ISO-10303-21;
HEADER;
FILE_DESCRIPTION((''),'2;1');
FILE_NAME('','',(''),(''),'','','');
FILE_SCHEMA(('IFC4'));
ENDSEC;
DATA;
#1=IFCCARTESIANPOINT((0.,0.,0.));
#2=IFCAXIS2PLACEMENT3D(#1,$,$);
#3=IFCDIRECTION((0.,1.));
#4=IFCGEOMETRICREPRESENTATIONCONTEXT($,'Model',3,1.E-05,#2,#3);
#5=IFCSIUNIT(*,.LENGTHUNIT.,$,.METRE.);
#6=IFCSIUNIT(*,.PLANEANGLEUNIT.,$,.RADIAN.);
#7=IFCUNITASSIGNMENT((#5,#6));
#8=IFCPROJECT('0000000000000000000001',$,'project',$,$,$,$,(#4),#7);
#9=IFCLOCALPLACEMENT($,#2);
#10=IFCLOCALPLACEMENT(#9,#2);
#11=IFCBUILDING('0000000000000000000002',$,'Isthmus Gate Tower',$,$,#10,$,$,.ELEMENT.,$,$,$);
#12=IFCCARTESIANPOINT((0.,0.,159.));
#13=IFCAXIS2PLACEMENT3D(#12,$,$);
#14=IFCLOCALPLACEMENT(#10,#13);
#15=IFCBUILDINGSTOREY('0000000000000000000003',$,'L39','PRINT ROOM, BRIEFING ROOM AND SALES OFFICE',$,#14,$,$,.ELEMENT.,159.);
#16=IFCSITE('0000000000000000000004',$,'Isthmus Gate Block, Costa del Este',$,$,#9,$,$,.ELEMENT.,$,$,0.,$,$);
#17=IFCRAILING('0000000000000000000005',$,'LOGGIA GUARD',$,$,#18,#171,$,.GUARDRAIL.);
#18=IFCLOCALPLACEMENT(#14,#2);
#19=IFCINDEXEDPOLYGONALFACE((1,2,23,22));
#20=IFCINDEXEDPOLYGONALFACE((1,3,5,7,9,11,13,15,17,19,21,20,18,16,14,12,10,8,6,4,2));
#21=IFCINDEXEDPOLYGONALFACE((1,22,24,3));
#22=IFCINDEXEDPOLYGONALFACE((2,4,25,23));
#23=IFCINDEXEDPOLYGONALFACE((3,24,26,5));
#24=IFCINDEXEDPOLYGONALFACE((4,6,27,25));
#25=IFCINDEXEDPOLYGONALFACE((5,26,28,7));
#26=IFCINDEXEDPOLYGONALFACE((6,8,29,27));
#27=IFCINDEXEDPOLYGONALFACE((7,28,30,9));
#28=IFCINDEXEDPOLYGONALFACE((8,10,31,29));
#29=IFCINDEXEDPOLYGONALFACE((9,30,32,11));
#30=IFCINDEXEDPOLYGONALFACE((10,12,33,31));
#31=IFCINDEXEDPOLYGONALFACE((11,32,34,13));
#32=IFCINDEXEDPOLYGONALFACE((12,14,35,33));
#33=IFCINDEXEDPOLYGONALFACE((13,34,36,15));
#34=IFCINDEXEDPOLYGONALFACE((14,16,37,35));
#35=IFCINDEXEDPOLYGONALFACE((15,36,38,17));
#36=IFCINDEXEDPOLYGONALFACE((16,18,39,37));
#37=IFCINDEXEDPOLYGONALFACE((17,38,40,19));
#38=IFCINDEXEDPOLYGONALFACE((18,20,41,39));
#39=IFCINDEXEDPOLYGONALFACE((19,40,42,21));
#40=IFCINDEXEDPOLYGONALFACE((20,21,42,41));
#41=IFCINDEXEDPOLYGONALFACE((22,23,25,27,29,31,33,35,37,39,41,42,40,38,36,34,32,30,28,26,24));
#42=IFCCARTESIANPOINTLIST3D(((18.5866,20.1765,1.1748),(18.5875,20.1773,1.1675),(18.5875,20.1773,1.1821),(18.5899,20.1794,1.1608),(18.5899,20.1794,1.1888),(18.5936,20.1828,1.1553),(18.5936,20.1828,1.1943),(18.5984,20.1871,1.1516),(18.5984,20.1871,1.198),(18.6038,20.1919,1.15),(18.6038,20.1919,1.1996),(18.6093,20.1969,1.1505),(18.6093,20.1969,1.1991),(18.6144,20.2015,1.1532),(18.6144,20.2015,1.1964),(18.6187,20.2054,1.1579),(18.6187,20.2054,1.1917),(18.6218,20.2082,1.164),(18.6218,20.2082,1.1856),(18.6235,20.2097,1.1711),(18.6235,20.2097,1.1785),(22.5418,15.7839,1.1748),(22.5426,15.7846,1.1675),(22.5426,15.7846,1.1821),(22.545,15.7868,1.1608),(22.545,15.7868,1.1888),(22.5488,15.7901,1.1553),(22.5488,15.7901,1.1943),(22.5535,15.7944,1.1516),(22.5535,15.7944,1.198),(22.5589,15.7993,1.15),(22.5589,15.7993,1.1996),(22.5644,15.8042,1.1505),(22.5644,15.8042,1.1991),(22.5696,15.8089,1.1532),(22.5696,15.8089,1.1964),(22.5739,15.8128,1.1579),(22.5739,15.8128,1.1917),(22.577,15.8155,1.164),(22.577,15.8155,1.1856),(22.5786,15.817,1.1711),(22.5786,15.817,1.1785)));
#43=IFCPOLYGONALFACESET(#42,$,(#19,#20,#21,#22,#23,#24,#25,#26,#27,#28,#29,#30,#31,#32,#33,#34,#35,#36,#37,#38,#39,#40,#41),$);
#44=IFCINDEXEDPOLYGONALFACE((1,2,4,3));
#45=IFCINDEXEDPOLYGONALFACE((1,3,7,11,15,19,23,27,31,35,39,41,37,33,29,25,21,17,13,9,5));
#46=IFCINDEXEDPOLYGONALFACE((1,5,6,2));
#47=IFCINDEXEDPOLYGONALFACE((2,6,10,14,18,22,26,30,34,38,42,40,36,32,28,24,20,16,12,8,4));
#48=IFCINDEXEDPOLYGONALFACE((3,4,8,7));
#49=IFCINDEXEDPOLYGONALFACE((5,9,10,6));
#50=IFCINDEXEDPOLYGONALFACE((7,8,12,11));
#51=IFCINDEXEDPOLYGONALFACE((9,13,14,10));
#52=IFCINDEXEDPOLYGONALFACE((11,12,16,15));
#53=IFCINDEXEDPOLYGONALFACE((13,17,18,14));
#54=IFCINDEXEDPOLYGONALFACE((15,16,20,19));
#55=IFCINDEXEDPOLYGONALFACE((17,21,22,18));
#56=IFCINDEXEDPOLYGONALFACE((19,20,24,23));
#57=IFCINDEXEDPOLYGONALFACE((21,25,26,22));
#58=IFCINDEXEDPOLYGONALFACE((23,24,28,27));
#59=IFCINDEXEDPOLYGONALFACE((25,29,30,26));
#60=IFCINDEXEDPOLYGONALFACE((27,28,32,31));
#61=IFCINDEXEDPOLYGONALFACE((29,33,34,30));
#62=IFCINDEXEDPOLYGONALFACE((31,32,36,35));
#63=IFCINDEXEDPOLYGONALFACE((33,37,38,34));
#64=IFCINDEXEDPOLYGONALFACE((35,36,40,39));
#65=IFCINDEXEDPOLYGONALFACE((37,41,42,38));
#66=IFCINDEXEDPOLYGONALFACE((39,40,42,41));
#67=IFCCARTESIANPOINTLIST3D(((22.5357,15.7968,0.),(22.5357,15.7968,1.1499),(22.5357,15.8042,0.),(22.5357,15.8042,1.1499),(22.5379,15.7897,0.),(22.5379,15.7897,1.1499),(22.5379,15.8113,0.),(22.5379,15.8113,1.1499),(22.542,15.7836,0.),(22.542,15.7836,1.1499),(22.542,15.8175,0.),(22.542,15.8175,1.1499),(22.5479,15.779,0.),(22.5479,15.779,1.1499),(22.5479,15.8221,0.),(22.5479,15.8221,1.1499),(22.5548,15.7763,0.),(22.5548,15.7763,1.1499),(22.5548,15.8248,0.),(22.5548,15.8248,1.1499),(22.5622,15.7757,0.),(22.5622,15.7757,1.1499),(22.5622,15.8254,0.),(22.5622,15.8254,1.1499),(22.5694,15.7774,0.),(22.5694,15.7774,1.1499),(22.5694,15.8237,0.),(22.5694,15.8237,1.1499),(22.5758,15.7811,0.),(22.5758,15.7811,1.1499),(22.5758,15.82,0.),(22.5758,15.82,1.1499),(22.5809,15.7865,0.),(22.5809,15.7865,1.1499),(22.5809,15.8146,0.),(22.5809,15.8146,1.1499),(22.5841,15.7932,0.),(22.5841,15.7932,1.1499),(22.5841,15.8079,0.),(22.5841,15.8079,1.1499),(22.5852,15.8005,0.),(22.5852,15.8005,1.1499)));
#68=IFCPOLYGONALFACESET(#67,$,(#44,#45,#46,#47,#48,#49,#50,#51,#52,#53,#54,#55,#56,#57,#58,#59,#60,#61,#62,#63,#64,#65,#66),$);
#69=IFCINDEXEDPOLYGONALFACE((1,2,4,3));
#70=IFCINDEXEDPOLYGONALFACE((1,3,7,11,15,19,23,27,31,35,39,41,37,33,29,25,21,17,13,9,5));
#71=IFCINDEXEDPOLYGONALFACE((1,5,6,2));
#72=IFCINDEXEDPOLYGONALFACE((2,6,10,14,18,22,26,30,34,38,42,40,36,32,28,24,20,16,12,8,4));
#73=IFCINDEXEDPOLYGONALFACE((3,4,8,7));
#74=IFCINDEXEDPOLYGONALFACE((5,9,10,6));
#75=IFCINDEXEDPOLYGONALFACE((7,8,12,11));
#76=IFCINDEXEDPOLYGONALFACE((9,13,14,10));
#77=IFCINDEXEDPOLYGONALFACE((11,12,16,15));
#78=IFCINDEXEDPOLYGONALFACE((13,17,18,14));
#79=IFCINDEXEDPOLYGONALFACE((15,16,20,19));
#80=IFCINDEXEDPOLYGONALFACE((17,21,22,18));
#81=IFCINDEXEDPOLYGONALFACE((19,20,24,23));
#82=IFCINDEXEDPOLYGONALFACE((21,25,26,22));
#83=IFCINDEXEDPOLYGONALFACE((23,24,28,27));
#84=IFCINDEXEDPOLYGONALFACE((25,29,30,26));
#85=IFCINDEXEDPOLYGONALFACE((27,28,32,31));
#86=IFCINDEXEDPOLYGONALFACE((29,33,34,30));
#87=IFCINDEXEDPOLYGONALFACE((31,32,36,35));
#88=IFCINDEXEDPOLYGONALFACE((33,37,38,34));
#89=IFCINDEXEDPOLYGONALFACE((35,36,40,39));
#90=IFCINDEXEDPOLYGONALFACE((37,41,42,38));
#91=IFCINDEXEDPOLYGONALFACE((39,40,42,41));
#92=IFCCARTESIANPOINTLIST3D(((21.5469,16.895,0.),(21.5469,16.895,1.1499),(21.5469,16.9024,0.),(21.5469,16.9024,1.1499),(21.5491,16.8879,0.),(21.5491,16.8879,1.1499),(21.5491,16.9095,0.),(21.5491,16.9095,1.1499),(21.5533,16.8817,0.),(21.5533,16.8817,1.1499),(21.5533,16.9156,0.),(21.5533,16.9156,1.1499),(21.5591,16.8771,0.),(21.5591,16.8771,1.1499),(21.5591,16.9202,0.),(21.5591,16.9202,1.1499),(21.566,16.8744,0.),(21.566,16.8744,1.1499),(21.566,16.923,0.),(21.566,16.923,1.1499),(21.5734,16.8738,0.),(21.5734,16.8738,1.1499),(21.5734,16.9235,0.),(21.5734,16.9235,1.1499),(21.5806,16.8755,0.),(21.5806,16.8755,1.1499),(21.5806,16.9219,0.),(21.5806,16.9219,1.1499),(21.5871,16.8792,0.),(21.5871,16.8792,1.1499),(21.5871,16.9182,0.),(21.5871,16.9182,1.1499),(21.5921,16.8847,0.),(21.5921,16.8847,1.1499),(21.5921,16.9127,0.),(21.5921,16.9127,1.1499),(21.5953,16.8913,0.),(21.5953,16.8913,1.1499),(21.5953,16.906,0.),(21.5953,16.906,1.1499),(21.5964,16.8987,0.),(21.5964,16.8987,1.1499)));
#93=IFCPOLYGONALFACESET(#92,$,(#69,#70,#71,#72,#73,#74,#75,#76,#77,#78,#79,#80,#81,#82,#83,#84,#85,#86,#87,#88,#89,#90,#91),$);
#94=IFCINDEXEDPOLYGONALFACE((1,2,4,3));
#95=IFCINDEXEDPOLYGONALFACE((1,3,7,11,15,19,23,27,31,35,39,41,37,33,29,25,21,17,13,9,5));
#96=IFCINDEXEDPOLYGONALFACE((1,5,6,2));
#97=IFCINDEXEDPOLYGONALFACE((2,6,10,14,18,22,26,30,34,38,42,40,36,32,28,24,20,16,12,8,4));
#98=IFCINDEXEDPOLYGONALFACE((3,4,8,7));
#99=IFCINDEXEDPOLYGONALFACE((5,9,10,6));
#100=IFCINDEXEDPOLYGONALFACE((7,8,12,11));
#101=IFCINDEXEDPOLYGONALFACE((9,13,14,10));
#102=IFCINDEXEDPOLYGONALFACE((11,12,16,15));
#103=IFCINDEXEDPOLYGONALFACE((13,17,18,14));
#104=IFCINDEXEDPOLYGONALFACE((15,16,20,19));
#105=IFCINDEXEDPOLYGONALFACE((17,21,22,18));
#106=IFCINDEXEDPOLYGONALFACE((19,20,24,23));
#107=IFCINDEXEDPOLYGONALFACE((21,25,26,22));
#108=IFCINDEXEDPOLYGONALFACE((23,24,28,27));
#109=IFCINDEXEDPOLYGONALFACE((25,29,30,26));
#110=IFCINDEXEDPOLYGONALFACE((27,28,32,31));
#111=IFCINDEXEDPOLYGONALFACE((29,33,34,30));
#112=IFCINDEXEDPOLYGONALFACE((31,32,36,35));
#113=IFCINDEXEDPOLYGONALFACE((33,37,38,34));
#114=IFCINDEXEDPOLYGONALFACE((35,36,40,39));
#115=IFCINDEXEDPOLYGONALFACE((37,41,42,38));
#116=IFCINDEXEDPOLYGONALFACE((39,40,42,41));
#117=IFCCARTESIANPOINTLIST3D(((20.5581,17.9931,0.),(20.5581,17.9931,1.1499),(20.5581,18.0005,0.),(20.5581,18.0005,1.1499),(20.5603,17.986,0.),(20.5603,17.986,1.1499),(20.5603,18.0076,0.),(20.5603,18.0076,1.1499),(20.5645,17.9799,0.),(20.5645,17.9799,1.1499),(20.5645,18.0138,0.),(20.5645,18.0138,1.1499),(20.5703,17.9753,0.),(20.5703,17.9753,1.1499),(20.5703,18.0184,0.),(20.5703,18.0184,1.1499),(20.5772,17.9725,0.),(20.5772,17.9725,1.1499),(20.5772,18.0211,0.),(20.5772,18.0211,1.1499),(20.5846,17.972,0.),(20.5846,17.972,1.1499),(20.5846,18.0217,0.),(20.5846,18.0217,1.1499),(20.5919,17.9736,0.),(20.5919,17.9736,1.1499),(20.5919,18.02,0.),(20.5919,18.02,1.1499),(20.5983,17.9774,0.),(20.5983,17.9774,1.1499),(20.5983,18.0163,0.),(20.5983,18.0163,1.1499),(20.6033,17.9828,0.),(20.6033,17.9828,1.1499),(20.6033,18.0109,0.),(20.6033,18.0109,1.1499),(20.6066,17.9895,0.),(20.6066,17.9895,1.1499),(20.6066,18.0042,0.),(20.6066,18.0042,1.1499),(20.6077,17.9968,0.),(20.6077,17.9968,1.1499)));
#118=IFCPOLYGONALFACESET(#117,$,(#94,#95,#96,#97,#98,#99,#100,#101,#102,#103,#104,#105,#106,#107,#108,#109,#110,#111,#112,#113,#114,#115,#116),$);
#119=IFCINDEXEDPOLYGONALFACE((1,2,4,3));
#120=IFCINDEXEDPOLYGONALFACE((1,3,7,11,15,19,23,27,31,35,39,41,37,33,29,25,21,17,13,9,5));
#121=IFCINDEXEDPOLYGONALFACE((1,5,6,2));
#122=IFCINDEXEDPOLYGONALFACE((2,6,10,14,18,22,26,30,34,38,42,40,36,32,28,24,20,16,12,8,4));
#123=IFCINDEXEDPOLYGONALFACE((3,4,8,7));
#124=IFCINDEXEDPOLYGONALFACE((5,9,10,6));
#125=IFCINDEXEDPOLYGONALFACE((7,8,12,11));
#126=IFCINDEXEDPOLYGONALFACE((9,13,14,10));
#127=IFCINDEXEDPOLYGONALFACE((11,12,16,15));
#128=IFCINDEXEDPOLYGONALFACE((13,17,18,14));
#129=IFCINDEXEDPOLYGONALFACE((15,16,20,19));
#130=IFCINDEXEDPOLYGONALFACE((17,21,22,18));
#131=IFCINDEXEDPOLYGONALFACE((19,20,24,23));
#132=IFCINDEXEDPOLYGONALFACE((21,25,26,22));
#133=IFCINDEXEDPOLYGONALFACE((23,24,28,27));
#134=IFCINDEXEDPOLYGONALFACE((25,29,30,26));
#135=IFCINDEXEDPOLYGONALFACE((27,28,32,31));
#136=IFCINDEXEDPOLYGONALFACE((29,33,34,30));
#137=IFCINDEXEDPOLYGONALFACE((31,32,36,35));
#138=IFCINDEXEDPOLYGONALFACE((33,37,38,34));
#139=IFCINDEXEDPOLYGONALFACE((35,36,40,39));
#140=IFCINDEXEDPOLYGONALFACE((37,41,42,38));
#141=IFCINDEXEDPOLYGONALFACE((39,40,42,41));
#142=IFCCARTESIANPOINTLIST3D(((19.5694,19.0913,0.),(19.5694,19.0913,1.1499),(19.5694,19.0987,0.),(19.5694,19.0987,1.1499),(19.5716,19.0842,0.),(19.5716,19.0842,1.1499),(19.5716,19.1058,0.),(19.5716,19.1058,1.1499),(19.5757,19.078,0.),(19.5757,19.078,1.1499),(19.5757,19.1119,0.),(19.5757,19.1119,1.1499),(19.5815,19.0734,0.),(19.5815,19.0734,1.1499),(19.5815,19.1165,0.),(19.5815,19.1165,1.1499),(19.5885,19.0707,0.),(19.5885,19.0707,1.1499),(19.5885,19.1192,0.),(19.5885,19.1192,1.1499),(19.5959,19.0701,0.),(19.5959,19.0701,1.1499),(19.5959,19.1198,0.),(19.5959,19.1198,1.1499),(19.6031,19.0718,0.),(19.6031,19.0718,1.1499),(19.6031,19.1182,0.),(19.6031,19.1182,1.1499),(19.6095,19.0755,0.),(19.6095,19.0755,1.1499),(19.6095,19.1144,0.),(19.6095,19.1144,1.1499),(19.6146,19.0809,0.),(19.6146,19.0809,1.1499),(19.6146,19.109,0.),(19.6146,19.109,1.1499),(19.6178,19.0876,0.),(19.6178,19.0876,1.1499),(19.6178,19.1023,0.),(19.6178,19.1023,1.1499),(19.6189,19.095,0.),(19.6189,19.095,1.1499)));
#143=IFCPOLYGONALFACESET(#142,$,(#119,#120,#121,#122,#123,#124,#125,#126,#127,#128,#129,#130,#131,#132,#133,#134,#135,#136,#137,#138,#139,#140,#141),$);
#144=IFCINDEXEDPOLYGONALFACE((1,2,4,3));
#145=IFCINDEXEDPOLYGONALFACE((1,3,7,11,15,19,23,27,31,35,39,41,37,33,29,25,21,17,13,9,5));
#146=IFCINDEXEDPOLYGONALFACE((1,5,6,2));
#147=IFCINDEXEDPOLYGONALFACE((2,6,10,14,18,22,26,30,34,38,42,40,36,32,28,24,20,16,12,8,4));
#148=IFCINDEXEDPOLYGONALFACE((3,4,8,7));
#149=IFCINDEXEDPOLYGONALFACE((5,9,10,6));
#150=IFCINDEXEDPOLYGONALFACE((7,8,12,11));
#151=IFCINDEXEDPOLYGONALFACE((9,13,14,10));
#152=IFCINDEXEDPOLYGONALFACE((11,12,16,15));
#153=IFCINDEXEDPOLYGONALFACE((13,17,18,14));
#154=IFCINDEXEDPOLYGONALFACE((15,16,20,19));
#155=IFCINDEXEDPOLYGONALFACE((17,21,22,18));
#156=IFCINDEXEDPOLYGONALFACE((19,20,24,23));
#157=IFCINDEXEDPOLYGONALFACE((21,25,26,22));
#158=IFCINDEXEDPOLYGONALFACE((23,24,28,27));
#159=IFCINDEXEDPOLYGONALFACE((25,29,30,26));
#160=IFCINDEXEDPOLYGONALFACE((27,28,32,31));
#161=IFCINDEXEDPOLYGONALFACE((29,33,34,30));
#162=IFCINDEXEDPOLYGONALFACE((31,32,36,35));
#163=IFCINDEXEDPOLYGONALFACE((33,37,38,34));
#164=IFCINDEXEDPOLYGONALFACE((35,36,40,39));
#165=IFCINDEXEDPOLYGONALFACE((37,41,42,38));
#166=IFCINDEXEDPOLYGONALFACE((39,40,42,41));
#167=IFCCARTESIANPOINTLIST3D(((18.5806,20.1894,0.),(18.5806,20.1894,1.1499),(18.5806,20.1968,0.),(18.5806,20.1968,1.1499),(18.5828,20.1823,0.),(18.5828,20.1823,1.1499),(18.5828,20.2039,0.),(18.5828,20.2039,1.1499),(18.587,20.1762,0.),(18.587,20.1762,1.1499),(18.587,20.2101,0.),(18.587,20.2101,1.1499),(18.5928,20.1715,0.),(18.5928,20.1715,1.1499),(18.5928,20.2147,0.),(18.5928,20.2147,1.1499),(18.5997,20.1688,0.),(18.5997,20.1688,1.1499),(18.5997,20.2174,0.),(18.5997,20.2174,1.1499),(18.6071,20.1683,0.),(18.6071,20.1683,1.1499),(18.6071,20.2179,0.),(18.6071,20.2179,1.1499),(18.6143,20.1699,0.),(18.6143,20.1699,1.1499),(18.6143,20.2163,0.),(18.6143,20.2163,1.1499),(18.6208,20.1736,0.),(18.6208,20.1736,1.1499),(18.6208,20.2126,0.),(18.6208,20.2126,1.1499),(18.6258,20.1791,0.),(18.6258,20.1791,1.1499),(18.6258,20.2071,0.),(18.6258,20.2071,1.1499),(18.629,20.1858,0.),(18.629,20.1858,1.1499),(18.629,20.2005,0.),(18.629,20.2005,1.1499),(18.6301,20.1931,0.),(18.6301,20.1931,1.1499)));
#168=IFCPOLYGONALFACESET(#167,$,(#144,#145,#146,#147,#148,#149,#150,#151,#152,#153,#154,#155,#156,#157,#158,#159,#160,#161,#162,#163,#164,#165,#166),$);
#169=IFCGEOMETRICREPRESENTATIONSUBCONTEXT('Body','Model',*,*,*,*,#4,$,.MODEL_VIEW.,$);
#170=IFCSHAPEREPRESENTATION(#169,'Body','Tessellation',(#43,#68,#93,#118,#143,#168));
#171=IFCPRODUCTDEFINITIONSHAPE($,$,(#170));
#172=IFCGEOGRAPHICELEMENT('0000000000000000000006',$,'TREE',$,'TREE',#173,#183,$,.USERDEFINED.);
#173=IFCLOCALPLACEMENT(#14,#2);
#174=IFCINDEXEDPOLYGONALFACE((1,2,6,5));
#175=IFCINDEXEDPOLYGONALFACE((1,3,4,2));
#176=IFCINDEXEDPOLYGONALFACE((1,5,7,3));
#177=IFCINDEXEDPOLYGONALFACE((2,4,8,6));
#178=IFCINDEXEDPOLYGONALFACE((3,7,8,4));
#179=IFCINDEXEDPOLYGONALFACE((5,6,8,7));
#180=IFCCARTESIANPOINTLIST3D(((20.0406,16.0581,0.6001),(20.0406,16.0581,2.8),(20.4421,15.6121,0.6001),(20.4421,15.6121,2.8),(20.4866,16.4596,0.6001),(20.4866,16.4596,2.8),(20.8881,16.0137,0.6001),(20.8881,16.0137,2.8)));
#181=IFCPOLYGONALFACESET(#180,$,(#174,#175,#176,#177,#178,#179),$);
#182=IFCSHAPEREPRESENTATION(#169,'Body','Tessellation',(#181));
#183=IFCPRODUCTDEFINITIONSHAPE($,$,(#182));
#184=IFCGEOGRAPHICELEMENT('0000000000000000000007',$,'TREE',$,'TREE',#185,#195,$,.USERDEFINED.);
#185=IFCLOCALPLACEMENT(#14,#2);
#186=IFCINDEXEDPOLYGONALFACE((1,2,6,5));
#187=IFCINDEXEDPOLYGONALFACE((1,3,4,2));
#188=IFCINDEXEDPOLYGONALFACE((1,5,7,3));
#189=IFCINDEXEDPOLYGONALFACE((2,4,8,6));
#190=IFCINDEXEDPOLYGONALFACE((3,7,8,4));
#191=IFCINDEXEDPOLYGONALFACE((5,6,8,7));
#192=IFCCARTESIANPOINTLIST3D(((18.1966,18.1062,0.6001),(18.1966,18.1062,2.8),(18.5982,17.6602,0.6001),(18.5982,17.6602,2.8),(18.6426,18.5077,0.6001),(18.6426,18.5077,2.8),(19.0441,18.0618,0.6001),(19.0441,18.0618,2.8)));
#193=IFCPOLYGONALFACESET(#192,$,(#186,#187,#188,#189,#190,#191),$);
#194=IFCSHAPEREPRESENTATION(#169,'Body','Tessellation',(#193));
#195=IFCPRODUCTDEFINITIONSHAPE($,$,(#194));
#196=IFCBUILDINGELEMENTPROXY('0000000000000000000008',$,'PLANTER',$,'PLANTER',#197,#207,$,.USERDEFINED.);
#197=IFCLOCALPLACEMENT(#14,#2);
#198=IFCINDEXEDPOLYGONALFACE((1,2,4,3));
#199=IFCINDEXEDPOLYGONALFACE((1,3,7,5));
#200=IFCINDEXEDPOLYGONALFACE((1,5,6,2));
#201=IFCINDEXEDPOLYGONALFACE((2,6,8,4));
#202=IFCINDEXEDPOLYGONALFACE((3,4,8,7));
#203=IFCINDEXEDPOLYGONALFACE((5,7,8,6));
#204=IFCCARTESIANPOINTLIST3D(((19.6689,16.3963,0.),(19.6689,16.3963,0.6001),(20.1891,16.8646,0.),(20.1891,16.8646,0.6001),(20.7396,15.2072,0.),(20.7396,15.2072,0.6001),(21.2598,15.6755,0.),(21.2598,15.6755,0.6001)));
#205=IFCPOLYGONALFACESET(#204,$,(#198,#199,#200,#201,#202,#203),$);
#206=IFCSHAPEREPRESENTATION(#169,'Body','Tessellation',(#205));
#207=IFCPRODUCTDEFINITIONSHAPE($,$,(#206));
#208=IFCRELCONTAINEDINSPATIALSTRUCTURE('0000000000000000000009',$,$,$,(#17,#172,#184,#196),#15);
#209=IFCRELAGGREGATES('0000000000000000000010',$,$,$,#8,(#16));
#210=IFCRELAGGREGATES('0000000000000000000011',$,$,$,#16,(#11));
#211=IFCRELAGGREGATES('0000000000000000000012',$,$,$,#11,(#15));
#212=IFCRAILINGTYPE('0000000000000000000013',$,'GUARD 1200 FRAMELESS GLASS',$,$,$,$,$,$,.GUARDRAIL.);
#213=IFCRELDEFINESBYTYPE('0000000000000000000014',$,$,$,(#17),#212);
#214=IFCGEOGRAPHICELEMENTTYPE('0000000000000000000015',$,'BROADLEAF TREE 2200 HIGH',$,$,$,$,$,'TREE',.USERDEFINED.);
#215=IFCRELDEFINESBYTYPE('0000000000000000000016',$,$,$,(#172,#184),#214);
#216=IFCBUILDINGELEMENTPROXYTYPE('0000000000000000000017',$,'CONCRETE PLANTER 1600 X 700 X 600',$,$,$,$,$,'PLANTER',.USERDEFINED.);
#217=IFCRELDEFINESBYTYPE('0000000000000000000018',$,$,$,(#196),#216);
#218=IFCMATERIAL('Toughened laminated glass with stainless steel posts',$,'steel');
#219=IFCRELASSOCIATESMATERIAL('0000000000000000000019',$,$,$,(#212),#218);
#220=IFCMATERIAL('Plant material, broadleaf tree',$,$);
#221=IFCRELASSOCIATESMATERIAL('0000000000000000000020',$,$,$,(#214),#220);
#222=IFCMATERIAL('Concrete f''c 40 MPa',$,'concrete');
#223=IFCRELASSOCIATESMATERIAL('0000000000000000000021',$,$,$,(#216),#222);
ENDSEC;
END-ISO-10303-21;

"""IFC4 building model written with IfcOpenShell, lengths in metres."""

from ifc_helpers import new_model, si_unit, direction, frame, origin, origin_2d, place, context, subcontext, project, spatial, rectangle, circle, extrude, material, type_object, element, save


model = new_model("IFC4")

# Units and contexts
model_context = context("Model", 3, precision=1e-05, world=origin(), true_north=direction((0.0, 1.0)))
body_context = subcontext(model_context, "Body", "Model", "MODEL_VIEW")
ifc_project = project(units=[si_unit("LENGTHUNIT", "METRE"), si_unit("PLANEANGLEUNIT", "RADIAN")], contexts=[model_context])

# Site, building, storey
site_placement = place(None, origin())
site = spatial("IfcSite", under=ifc_project, at=site_placement, Name="Isthmus Gate Block, Costa del Este", CompositionType="ELEMENT", RefElevation=0.0)
building_placement = place(site_placement, origin())
building = spatial("IfcBuilding", under=site, at=building_placement, Name="Isthmus Gate Tower", CompositionType="ELEMENT")
storey_placement = place(building_placement, frame((0.0, 0.0, 159.0)))
storey = spatial("IfcBuildingStorey", under=building, at=storey_placement, Name="L39", Description="PRINT ROOM, BRIEFING ROOM AND SALES OFFICE", CompositionType="ELEMENT", Elevation=159.0)

# Railing
ifc_material_1 = material(Name="Toughened laminated glass with stainless steel posts", Category="steel")
railing_type = type_object("IfcRailingType", Name="GUARD 1200 FRAMELESS GLASS", PredefinedType="GUARDRAIL", material=ifc_material_1)
railing_placement = place(storey_placement, frame((22.5603, 15.8005, 0.0)))
element("IfcRailing", 1, at=railing_placement, inside=storey, type_object=railing_type, Name="LOGGIA GUARD", PredefinedType="GUARDRAIL", context=body_context, shape_type="SweptSolid", body=[
    extrude(circle(Radius=0.0249, at=origin_2d()), frame((0.0, 0.0, 1.1748), z_axis=(-0.669129, 0.743146, 0.0), x_axis=(-0.743146, -0.669129, 0.0)), (0.0, 0.0, 1.0), 5.9109),
    extrude(circle(Radius=0.0249, at=origin_2d()), origin(), (0.0, 0.0, 1.0), 1.1499),
    extrude(circle(Radius=0.0249, at=origin_2d()), frame((-0.9888, 1.0981, 0.0)), (0.0, 0.0, 1.0), 1.1499),
    extrude(circle(Radius=0.0249, at=origin_2d()), frame((-1.9775, 2.1963, 0.0)), (0.0, 0.0, 1.0), 1.1499),
    extrude(circle(Radius=0.0249, at=origin_2d()), frame((-2.9663, 3.2944, 0.0)), (0.0, 0.0, 1.0), 1.1499),
    extrude(circle(Radius=0.0249, at=origin_2d()), frame((-3.9551, 4.3926, 0.0)), (0.0, 0.0, 1.0), 1.1499),
])

# Geographic elements
ifc_material_2 = material(Name="Plant material, broadleaf tree")
geographic_element_type = type_object("IfcGeographicElementType", Name="BROADLEAF TREE 2200 HIGH", ElementType="TREE", PredefinedType="USERDEFINED", material=ifc_material_2)
for number, where, z_axis, x_axis, name in (
    (2, (20.4644, 16.0359, 0.6001), (0.0, 0.0, 1.0), (-0.669131, 0.743145, 0.0), "TREE"),
    (3, (18.6204, 18.084, 0.6001), (0.0, 0.0, 1.0), (-0.669131, 0.743145, 0.0), "TREE"),
):
    element("IfcGeographicElement", number, at=place(storey_placement, frame(where, z_axis=z_axis, x_axis=x_axis)), inside=storey, type_object=geographic_element_type, Name=name, ObjectType="TREE", PredefinedType="USERDEFINED", context=body_context, shape_type="SweptSolid", body=[
        extrude(rectangle(XDim=0.6001, YDim=0.6001, at=origin_2d()), origin(), (0.0, 0.0, 1.0), 2.2),
    ])

# Building element proxy
ifc_material_3 = material(Name="Concrete f'c 40 MPa", Category="concrete")
building_element_proxy_type = type_object("IfcBuildingElementProxyType", Name="CONCRETE PLANTER 1600 X 700 X 600", ElementType="PLANTER", PredefinedType="USERDEFINED", material=ifc_material_3)
for number, where, z_axis, x_axis, name in (
    (4, (20.4644, 16.0359, 0.0), (0.0, 0.0, 1.0), (-0.669131, 0.743145, 0.0), "PLANTER"),
):
    element("IfcBuildingElementProxy", number, at=place(storey_placement, frame(where, z_axis=z_axis, x_axis=x_axis)), inside=storey, type_object=building_element_proxy_type, Name=name, ObjectType="PLANTER", PredefinedType="USERDEFINED", context=body_context, shape_type="SweptSolid", body=[
        extrude(rectangle(XDim=1.6001, YDim=0.7, at=origin_2d()), origin(), (0.0, 0.0, 1.0), 0.6001),
    ])

save(model, "model.ifc")
